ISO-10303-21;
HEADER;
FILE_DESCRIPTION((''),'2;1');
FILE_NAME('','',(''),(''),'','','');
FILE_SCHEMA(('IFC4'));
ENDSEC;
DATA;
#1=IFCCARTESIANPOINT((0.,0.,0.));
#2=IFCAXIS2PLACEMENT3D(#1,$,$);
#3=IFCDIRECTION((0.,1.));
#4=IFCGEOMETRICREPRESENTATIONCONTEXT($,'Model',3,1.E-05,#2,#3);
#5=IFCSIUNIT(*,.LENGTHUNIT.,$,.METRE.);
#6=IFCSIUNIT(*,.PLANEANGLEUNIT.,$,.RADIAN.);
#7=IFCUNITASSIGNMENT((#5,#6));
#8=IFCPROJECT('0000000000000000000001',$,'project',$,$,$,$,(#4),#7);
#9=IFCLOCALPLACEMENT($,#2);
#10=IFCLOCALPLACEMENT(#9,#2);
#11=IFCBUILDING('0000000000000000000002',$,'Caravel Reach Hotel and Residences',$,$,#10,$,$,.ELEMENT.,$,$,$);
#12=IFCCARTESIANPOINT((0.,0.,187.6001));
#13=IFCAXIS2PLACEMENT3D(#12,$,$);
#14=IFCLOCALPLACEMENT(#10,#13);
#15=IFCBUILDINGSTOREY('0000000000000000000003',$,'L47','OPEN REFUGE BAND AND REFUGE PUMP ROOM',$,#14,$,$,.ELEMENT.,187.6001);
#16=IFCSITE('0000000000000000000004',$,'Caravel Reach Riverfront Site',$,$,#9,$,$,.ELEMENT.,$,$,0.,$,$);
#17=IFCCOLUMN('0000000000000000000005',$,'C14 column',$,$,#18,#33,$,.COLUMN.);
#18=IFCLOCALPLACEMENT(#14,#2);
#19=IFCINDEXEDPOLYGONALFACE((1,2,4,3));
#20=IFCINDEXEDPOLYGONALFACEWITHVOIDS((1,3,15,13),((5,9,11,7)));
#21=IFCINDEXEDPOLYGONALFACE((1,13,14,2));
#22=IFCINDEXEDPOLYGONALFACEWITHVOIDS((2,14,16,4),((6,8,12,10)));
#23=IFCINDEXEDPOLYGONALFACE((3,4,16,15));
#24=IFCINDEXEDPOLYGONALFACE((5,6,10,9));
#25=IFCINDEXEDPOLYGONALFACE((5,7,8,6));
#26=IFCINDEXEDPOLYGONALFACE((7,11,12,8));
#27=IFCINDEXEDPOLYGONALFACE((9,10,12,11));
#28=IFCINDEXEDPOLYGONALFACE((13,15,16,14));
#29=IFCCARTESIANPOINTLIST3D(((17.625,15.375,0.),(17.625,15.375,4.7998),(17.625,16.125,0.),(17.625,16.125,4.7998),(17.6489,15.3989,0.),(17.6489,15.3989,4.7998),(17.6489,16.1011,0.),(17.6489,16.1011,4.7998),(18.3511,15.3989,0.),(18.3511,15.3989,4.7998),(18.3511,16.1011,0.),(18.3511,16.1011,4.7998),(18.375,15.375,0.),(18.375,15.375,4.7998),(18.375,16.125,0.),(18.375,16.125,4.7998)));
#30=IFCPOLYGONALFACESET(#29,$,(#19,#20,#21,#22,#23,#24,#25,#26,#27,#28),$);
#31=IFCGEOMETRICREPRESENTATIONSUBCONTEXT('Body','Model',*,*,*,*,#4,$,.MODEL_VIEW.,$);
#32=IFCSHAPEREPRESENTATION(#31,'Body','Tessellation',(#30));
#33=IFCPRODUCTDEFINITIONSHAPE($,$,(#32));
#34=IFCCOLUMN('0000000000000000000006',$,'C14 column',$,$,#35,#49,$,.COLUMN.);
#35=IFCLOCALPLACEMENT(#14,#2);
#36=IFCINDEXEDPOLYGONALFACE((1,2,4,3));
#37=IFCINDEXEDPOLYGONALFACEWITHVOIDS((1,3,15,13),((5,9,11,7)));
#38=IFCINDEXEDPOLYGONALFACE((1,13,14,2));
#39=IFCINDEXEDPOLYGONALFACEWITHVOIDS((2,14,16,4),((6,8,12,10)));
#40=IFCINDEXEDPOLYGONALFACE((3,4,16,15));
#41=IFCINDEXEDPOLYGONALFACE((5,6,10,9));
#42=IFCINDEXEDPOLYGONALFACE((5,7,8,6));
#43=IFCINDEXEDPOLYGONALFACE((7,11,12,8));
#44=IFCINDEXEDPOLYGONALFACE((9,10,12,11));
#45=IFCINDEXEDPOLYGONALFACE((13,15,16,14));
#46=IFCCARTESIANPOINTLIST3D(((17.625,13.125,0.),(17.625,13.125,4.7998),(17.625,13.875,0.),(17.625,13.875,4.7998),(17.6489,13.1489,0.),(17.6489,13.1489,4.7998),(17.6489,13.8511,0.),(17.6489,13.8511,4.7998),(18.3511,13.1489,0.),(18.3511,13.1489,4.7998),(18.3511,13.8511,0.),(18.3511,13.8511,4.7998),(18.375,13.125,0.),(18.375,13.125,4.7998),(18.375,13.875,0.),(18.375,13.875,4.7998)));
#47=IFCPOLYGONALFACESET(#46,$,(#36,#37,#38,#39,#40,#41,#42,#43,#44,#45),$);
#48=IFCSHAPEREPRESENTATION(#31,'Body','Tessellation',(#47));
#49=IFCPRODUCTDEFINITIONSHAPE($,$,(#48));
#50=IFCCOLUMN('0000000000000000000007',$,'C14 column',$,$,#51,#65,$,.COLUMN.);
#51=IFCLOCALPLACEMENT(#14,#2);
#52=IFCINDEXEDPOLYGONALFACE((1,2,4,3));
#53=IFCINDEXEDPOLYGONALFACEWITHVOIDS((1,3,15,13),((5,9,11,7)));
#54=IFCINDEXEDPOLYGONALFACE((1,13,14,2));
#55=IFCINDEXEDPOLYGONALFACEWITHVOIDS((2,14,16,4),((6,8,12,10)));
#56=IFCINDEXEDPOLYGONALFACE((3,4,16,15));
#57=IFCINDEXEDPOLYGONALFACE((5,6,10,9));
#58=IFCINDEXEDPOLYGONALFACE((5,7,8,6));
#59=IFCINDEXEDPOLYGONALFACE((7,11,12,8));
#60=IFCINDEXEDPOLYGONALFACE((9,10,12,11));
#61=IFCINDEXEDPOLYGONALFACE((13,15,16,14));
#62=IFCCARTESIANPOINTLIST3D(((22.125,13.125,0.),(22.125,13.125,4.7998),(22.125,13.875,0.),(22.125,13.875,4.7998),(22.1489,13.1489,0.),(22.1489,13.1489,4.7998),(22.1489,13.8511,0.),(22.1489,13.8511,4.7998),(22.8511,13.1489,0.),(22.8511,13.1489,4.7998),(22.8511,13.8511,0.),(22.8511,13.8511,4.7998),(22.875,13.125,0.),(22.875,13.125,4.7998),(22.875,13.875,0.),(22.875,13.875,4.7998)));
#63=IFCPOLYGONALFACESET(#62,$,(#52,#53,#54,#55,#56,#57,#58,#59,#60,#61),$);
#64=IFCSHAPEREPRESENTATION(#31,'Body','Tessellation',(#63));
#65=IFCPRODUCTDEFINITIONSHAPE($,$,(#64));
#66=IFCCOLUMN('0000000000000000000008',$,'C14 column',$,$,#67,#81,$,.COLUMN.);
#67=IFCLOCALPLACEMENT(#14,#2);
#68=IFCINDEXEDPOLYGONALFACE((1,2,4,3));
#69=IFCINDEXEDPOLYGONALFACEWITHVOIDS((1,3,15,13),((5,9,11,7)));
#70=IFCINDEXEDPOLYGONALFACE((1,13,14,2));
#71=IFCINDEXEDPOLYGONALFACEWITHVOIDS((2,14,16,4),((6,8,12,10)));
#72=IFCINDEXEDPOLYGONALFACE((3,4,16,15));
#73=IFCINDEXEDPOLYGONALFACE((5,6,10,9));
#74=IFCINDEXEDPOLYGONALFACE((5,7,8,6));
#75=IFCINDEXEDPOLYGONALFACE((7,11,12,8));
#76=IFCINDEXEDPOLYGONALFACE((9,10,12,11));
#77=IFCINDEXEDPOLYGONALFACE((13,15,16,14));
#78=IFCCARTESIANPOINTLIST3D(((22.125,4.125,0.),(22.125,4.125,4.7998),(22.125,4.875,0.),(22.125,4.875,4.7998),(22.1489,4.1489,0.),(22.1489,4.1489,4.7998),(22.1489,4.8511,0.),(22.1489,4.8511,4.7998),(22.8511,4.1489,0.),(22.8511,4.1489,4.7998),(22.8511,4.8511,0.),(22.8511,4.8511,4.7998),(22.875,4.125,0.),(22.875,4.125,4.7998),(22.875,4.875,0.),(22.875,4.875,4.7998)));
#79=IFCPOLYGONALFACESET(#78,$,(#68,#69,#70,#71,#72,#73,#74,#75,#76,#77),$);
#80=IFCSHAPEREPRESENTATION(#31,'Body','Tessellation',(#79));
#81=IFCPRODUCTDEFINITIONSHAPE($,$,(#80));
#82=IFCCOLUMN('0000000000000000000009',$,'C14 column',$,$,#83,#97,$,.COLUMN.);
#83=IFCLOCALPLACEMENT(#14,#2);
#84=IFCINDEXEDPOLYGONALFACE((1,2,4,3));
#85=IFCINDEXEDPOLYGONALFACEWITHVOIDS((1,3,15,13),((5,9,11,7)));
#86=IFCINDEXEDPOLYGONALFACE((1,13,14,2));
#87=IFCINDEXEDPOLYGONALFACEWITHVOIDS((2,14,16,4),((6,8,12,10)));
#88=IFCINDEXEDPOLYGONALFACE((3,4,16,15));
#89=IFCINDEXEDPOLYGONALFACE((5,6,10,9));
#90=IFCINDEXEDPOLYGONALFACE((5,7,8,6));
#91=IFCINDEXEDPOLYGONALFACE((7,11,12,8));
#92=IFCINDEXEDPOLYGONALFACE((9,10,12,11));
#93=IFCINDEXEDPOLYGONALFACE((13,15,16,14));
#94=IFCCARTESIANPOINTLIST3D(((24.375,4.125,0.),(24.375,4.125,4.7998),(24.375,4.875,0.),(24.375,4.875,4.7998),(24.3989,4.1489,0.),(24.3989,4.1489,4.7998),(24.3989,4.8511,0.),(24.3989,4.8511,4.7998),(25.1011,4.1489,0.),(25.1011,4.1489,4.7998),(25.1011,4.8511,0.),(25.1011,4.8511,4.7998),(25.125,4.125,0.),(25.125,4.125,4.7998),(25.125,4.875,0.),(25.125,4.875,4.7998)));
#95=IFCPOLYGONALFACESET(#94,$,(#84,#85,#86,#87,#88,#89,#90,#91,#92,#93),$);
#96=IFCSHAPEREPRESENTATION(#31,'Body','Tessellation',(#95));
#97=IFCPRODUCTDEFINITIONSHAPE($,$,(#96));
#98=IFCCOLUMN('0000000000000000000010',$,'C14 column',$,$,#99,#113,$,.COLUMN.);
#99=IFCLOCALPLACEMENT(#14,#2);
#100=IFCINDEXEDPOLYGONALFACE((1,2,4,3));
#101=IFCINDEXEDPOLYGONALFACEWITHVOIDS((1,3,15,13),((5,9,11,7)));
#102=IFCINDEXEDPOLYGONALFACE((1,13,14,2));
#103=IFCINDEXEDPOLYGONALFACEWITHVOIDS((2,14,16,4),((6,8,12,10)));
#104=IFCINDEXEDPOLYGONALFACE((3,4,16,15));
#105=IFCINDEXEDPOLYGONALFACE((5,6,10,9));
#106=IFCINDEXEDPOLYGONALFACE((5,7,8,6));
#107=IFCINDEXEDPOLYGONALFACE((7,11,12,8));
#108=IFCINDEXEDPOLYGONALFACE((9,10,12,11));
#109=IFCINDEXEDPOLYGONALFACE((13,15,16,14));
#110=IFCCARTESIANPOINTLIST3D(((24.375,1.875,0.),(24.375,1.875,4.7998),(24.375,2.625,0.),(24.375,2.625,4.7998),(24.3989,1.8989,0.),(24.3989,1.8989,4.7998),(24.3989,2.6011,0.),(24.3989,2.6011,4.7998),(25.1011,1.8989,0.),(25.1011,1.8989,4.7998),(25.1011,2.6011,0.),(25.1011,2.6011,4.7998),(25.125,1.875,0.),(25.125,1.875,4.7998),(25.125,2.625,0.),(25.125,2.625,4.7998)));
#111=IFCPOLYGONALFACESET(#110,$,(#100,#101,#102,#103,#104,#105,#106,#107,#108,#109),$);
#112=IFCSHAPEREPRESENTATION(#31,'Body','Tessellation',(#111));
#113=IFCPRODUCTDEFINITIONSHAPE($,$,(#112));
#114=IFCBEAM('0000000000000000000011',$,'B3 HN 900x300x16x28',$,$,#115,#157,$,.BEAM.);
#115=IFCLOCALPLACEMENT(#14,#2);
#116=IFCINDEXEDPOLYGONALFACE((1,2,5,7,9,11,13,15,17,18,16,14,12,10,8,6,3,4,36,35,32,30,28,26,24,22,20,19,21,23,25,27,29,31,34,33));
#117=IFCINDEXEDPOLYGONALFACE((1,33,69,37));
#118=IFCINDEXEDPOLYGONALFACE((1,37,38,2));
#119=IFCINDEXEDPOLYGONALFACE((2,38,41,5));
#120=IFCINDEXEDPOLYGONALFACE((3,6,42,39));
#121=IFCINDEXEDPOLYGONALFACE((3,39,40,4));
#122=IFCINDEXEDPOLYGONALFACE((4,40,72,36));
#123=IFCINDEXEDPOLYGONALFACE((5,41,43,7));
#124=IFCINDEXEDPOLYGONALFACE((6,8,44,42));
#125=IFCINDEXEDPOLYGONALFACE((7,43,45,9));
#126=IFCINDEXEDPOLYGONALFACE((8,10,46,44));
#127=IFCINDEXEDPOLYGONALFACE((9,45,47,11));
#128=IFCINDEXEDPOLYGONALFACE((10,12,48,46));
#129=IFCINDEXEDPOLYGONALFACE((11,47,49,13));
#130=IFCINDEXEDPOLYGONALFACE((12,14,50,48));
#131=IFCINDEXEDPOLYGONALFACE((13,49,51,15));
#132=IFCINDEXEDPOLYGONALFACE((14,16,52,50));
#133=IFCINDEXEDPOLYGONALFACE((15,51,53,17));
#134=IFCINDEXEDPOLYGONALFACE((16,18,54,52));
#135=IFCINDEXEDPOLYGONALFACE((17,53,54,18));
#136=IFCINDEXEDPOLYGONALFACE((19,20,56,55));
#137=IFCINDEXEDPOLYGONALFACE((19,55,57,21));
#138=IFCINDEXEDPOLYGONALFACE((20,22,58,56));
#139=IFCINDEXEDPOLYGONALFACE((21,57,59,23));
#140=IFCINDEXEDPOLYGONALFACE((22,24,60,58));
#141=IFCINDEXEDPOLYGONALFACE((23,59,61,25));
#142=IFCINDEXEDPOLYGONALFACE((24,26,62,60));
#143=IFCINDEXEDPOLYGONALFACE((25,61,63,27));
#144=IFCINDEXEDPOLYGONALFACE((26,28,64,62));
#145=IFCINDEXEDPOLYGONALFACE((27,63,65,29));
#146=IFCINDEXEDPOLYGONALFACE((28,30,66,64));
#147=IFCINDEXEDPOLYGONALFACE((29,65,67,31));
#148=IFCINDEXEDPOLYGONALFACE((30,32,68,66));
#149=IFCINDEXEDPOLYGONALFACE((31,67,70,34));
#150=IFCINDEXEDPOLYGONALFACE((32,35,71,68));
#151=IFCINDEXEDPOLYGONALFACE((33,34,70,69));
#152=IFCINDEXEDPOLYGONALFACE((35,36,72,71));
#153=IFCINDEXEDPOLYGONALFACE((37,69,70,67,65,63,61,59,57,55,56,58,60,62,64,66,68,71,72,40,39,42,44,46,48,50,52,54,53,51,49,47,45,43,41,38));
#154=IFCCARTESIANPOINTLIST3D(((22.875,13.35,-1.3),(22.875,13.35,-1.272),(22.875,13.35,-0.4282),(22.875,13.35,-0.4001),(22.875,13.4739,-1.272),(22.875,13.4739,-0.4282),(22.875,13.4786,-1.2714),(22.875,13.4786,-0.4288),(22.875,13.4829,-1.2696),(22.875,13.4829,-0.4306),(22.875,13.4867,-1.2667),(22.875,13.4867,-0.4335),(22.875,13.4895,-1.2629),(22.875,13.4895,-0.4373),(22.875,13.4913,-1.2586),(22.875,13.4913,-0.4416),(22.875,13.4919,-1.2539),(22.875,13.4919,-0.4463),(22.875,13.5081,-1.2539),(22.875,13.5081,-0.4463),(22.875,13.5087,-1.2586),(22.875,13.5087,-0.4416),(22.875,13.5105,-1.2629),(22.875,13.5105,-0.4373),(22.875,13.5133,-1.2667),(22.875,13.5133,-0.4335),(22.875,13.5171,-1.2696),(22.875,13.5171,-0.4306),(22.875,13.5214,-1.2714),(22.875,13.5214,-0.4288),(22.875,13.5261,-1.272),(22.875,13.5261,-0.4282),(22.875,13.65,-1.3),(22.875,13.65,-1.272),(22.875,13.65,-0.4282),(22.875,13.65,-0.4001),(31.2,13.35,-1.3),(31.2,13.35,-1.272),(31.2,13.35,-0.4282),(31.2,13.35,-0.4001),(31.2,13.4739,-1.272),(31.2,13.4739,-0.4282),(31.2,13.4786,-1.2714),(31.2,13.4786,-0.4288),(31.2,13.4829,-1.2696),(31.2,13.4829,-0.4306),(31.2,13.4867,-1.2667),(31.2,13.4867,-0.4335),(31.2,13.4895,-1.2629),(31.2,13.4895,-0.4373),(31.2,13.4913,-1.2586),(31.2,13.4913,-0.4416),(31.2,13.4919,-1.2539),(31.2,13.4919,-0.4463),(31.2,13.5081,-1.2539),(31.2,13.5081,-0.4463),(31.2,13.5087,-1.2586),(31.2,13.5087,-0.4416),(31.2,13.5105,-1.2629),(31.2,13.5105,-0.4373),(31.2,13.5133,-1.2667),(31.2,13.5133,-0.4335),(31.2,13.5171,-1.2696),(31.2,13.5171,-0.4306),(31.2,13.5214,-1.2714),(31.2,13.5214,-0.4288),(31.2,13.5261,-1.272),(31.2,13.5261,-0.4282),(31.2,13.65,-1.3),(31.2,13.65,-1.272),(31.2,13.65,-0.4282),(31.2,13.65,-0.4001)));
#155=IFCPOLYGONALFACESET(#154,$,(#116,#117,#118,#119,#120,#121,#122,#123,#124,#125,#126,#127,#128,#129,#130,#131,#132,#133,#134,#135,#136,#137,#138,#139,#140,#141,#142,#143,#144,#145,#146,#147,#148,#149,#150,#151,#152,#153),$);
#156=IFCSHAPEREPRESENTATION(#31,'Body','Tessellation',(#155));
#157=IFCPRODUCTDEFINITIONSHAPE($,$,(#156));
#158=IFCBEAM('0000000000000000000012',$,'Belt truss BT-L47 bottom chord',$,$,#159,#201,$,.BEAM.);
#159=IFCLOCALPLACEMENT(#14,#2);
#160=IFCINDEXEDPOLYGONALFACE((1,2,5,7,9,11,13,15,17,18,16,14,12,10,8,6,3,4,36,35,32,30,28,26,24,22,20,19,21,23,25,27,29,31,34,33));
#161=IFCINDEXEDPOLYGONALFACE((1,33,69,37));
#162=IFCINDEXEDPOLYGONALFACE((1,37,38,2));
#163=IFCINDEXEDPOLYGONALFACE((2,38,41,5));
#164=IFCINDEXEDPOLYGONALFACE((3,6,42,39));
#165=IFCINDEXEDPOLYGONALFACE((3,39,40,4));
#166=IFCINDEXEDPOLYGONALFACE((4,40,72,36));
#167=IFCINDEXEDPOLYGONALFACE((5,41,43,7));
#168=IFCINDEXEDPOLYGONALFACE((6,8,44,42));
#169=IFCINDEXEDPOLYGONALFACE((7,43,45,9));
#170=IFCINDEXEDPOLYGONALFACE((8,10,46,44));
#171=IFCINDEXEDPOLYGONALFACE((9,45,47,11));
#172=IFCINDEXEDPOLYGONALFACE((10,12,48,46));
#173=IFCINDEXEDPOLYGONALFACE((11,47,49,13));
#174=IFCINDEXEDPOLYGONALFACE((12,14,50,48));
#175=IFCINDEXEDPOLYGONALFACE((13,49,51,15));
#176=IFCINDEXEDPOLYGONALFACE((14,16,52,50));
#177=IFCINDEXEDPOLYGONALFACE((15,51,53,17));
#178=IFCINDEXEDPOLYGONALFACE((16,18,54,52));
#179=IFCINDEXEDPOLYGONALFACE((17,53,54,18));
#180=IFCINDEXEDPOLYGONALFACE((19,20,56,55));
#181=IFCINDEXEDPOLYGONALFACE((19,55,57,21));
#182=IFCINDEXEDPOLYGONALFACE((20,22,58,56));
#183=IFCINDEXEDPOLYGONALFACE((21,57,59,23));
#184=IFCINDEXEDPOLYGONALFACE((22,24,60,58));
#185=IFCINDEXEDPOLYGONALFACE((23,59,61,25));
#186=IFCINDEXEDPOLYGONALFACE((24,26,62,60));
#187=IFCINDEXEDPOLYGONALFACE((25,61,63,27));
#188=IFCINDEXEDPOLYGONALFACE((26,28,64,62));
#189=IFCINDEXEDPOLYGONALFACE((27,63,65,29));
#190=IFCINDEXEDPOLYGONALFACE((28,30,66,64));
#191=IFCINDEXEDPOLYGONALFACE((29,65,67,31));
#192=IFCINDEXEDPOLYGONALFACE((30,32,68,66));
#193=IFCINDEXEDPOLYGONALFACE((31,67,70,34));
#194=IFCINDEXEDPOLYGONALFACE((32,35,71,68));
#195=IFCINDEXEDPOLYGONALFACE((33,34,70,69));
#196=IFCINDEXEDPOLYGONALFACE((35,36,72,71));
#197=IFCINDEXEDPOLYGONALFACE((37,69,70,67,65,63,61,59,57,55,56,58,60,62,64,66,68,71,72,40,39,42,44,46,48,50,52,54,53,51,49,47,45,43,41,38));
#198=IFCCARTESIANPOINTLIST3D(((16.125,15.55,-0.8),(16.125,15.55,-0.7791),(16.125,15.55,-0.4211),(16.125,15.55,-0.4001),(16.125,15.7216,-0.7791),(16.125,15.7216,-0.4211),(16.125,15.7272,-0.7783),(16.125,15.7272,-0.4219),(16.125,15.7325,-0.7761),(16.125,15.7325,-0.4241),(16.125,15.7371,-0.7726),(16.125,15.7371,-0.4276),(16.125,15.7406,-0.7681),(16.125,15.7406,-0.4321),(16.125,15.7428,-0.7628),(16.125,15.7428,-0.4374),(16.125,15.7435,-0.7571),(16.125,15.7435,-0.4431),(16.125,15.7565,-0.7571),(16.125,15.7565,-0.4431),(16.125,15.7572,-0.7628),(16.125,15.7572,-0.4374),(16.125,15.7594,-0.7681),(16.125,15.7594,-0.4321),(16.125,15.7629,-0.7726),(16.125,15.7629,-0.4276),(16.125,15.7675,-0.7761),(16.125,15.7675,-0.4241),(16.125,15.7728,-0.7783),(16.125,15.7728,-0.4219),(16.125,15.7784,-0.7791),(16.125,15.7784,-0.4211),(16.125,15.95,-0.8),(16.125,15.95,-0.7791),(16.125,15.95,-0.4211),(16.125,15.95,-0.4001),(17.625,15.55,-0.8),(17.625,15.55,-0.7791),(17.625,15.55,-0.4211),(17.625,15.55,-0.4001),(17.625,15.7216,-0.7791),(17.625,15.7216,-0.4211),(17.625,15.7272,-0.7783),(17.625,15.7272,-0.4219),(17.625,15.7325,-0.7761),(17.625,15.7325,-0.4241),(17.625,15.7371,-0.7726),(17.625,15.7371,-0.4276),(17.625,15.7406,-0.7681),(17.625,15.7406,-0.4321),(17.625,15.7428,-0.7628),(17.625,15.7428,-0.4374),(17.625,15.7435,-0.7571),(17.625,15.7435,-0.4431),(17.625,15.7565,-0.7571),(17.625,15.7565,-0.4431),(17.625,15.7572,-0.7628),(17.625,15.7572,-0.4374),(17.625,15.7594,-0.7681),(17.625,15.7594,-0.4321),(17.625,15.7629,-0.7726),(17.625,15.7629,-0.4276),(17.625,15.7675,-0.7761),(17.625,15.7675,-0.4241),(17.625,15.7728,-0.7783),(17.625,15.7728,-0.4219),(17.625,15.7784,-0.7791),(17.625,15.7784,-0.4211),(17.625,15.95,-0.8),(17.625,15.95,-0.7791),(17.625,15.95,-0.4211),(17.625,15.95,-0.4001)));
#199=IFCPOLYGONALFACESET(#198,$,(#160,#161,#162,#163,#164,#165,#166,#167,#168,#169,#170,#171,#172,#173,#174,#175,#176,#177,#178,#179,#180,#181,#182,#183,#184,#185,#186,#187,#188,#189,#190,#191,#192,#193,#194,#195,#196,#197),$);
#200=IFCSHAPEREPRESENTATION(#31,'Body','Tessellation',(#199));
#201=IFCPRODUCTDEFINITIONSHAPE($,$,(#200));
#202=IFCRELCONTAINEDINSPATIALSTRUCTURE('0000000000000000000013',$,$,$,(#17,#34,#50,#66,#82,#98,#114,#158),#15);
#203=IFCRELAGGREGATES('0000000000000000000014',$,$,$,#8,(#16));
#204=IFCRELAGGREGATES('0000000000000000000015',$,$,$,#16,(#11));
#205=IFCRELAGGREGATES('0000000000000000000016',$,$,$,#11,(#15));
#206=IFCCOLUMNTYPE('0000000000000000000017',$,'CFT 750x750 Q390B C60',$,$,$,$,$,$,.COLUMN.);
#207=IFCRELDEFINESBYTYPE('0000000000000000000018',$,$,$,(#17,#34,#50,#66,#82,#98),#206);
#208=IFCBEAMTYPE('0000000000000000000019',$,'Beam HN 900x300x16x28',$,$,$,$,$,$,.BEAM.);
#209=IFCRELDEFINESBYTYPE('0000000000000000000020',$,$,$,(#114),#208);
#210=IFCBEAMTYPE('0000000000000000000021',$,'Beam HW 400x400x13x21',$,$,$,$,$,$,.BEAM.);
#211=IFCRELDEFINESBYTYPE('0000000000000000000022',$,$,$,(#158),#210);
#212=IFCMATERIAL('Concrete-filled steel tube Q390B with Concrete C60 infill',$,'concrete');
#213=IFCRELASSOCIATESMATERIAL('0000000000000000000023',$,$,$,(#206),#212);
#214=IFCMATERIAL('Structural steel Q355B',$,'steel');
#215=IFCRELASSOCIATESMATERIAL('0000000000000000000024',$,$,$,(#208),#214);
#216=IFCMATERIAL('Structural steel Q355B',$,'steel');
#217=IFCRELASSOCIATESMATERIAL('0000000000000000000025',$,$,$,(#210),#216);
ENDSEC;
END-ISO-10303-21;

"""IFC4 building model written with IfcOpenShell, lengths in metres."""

from ifc_helpers import new_model, si_unit, direction, frame, origin, origin_2d, place, context, subcontext, project, spatial, hollow_rectangle, i_section, extrude, material, material_profile, profile_set, type_object, element, save


model = new_model("IFC4")

# Units and contexts
model_context = context("Model", 3, precision=1e-05, world=origin(), true_north=direction((0.0, 1.0)))
body_context = subcontext(model_context, "Body", "Model", "MODEL_VIEW")
ifc_project = project(units=[si_unit("LENGTHUNIT", "METRE"), si_unit("PLANEANGLEUNIT", "RADIAN")], contexts=[model_context])

# Site, building, storey
site_placement = place(None, origin())
site = spatial("IfcSite", under=ifc_project, at=site_placement, Name="Caravel Reach Riverfront Site", CompositionType="ELEMENT", RefElevation=0.0)
building_placement = place(site_placement, origin())
building = spatial("IfcBuilding", under=site, at=building_placement, Name="Caravel Reach Hotel and Residences", CompositionType="ELEMENT")
storey_placement = place(building_placement, frame((0.0, 0.0, 187.6001)))
storey = spatial("IfcBuildingStorey", under=building, at=storey_placement, Name="L47", Description="OPEN REFUGE BAND AND REFUGE PUMP ROOM", CompositionType="ELEMENT", Elevation=187.6001)

# Columns
ifc_material_1 = material(Name="Concrete-filled steel tube Q390B with Concrete C60 infill", Category="concrete")
ifc_material_profile_1 = material_profile(ifc_material_1, hollow_rectangle(XDim=0.75, YDim=0.75, WallThickness=0.0239, at=origin_2d()), Name="RHS 750x750x24")
ifc_profile_set_1 = profile_set([ifc_material_profile_1], Name="Concrete-filled steel tube Q390B with Concrete C60 infill")
column_type = type_object("IfcColumnType", Name="CFT 750x750 Q390B C60", PredefinedType="COLUMN", material=ifc_profile_set_1)
for number, where, z_axis, x_axis, name in (
    (1, (18.0, 15.75, 0.0), (0.0, 0.0, 1.0), (1.0, 0.0, 0.0), "C14 column"),
    (2, (18.0, 13.5, 0.0), (0.0, 0.0, 1.0), (1.0, 0.0, 0.0), "C14 column"),
    (3, (22.5, 13.5, 0.0), (0.0, 0.0, 1.0), (1.0, 0.0, 0.0), "C14 column"),
    (4, (22.5, 4.5, 0.0), (0.0, 0.0, 1.0), (1.0, 0.0, 0.0), "C14 column"),
    (5, (24.75, 4.5, 0.0), (0.0, 0.0, 1.0), (1.0, 0.0, 0.0), "C14 column"),
    (6, (24.75, 2.25, 0.0), (0.0, 0.0, 1.0), (1.0, 0.0, 0.0), "C14 column"),
):
    element("IfcColumn", number, at=place(storey_placement, frame(where, z_axis=z_axis, x_axis=x_axis)), inside=storey, type_object=column_type, Name=name, PredefinedType="COLUMN", context=body_context, shape_type="SweptSolid", body=[
        extrude(hollow_rectangle(XDim=0.75, YDim=0.75, WallThickness=0.0239, at=origin_2d()), origin(), (0.0, 0.0, 1.0), 4.7998),
    ])

# Beams
ifc_material_2 = material(Name="Structural steel Q355B", Category="steel")
ifc_material_profile_2 = material_profile(ifc_material_2, i_section(OverallWidth=0.3, OverallDepth=0.8999, WebThickness=0.0161, FlangeThickness=0.0281, FilletRadius=0.0181, at=origin_2d()), Name="HN 900x300x16x28")
ifc_profile_set_2 = profile_set([ifc_material_profile_2], Name="Structural steel Q355B")
beam_type_1 = type_object("IfcBeamType", Name="Beam HN 900x300x16x28", PredefinedType="BEAM", material=ifc_profile_set_2)
beam_placement = place(storey_placement, frame((22.875, 13.5, -0.8501), z_axis=(1.0, 0.0, 0.0), x_axis=(0.0, 1.0, 0.0)))
element("IfcBeam", 7, at=beam_placement, inside=storey, type_object=beam_type_1, Name="B3 HN 900x300x16x28", PredefinedType="BEAM", context=body_context, shape_type="SweptSolid", body=[
    extrude(i_section(OverallWidth=0.3, OverallDepth=0.8999, WebThickness=0.0161, FlangeThickness=0.0281, FilletRadius=0.0181, at=origin_2d()), origin(), (0.0, 0.0, 1.0), 8.325),
])
ifc_material_3 = material(Name="Structural steel Q355B", Category="steel")
ifc_material_profile_3 = material_profile(ifc_material_3, i_section(OverallWidth=0.3999, OverallDepth=0.3999, WebThickness=0.0129, FlangeThickness=0.021, FilletRadius=0.022, at=origin_2d()), Name="HW 400x400x13x21")
ifc_profile_set_3 = profile_set([ifc_material_profile_3], Name="Structural steel Q355B")
beam_type_2 = type_object("IfcBeamType", Name="Beam HW 400x400x13x21", PredefinedType="BEAM", material=ifc_profile_set_3)
for number, where, z_axis, x_axis, name in (
    (8, (16.125, 15.75, -0.6001), (1.0, 0.0, 0.0), (0.0, 1.0, 0.0), "Belt truss BT-L47 bottom chord"),
):
    element("IfcBeam", number, at=place(storey_placement, frame(where, z_axis=z_axis, x_axis=x_axis)), inside=storey, type_object=beam_type_2, Name=name, PredefinedType="BEAM", context=body_context, shape_type="SweptSolid", body=[
        extrude(i_section(OverallWidth=0.3999, OverallDepth=0.3999, WebThickness=0.0129, FlangeThickness=0.021, FilletRadius=0.022, at=origin_2d()), origin(), (0.0, 0.0, 1.0), 1.5),
    ])

save(model, "model.ifc")
